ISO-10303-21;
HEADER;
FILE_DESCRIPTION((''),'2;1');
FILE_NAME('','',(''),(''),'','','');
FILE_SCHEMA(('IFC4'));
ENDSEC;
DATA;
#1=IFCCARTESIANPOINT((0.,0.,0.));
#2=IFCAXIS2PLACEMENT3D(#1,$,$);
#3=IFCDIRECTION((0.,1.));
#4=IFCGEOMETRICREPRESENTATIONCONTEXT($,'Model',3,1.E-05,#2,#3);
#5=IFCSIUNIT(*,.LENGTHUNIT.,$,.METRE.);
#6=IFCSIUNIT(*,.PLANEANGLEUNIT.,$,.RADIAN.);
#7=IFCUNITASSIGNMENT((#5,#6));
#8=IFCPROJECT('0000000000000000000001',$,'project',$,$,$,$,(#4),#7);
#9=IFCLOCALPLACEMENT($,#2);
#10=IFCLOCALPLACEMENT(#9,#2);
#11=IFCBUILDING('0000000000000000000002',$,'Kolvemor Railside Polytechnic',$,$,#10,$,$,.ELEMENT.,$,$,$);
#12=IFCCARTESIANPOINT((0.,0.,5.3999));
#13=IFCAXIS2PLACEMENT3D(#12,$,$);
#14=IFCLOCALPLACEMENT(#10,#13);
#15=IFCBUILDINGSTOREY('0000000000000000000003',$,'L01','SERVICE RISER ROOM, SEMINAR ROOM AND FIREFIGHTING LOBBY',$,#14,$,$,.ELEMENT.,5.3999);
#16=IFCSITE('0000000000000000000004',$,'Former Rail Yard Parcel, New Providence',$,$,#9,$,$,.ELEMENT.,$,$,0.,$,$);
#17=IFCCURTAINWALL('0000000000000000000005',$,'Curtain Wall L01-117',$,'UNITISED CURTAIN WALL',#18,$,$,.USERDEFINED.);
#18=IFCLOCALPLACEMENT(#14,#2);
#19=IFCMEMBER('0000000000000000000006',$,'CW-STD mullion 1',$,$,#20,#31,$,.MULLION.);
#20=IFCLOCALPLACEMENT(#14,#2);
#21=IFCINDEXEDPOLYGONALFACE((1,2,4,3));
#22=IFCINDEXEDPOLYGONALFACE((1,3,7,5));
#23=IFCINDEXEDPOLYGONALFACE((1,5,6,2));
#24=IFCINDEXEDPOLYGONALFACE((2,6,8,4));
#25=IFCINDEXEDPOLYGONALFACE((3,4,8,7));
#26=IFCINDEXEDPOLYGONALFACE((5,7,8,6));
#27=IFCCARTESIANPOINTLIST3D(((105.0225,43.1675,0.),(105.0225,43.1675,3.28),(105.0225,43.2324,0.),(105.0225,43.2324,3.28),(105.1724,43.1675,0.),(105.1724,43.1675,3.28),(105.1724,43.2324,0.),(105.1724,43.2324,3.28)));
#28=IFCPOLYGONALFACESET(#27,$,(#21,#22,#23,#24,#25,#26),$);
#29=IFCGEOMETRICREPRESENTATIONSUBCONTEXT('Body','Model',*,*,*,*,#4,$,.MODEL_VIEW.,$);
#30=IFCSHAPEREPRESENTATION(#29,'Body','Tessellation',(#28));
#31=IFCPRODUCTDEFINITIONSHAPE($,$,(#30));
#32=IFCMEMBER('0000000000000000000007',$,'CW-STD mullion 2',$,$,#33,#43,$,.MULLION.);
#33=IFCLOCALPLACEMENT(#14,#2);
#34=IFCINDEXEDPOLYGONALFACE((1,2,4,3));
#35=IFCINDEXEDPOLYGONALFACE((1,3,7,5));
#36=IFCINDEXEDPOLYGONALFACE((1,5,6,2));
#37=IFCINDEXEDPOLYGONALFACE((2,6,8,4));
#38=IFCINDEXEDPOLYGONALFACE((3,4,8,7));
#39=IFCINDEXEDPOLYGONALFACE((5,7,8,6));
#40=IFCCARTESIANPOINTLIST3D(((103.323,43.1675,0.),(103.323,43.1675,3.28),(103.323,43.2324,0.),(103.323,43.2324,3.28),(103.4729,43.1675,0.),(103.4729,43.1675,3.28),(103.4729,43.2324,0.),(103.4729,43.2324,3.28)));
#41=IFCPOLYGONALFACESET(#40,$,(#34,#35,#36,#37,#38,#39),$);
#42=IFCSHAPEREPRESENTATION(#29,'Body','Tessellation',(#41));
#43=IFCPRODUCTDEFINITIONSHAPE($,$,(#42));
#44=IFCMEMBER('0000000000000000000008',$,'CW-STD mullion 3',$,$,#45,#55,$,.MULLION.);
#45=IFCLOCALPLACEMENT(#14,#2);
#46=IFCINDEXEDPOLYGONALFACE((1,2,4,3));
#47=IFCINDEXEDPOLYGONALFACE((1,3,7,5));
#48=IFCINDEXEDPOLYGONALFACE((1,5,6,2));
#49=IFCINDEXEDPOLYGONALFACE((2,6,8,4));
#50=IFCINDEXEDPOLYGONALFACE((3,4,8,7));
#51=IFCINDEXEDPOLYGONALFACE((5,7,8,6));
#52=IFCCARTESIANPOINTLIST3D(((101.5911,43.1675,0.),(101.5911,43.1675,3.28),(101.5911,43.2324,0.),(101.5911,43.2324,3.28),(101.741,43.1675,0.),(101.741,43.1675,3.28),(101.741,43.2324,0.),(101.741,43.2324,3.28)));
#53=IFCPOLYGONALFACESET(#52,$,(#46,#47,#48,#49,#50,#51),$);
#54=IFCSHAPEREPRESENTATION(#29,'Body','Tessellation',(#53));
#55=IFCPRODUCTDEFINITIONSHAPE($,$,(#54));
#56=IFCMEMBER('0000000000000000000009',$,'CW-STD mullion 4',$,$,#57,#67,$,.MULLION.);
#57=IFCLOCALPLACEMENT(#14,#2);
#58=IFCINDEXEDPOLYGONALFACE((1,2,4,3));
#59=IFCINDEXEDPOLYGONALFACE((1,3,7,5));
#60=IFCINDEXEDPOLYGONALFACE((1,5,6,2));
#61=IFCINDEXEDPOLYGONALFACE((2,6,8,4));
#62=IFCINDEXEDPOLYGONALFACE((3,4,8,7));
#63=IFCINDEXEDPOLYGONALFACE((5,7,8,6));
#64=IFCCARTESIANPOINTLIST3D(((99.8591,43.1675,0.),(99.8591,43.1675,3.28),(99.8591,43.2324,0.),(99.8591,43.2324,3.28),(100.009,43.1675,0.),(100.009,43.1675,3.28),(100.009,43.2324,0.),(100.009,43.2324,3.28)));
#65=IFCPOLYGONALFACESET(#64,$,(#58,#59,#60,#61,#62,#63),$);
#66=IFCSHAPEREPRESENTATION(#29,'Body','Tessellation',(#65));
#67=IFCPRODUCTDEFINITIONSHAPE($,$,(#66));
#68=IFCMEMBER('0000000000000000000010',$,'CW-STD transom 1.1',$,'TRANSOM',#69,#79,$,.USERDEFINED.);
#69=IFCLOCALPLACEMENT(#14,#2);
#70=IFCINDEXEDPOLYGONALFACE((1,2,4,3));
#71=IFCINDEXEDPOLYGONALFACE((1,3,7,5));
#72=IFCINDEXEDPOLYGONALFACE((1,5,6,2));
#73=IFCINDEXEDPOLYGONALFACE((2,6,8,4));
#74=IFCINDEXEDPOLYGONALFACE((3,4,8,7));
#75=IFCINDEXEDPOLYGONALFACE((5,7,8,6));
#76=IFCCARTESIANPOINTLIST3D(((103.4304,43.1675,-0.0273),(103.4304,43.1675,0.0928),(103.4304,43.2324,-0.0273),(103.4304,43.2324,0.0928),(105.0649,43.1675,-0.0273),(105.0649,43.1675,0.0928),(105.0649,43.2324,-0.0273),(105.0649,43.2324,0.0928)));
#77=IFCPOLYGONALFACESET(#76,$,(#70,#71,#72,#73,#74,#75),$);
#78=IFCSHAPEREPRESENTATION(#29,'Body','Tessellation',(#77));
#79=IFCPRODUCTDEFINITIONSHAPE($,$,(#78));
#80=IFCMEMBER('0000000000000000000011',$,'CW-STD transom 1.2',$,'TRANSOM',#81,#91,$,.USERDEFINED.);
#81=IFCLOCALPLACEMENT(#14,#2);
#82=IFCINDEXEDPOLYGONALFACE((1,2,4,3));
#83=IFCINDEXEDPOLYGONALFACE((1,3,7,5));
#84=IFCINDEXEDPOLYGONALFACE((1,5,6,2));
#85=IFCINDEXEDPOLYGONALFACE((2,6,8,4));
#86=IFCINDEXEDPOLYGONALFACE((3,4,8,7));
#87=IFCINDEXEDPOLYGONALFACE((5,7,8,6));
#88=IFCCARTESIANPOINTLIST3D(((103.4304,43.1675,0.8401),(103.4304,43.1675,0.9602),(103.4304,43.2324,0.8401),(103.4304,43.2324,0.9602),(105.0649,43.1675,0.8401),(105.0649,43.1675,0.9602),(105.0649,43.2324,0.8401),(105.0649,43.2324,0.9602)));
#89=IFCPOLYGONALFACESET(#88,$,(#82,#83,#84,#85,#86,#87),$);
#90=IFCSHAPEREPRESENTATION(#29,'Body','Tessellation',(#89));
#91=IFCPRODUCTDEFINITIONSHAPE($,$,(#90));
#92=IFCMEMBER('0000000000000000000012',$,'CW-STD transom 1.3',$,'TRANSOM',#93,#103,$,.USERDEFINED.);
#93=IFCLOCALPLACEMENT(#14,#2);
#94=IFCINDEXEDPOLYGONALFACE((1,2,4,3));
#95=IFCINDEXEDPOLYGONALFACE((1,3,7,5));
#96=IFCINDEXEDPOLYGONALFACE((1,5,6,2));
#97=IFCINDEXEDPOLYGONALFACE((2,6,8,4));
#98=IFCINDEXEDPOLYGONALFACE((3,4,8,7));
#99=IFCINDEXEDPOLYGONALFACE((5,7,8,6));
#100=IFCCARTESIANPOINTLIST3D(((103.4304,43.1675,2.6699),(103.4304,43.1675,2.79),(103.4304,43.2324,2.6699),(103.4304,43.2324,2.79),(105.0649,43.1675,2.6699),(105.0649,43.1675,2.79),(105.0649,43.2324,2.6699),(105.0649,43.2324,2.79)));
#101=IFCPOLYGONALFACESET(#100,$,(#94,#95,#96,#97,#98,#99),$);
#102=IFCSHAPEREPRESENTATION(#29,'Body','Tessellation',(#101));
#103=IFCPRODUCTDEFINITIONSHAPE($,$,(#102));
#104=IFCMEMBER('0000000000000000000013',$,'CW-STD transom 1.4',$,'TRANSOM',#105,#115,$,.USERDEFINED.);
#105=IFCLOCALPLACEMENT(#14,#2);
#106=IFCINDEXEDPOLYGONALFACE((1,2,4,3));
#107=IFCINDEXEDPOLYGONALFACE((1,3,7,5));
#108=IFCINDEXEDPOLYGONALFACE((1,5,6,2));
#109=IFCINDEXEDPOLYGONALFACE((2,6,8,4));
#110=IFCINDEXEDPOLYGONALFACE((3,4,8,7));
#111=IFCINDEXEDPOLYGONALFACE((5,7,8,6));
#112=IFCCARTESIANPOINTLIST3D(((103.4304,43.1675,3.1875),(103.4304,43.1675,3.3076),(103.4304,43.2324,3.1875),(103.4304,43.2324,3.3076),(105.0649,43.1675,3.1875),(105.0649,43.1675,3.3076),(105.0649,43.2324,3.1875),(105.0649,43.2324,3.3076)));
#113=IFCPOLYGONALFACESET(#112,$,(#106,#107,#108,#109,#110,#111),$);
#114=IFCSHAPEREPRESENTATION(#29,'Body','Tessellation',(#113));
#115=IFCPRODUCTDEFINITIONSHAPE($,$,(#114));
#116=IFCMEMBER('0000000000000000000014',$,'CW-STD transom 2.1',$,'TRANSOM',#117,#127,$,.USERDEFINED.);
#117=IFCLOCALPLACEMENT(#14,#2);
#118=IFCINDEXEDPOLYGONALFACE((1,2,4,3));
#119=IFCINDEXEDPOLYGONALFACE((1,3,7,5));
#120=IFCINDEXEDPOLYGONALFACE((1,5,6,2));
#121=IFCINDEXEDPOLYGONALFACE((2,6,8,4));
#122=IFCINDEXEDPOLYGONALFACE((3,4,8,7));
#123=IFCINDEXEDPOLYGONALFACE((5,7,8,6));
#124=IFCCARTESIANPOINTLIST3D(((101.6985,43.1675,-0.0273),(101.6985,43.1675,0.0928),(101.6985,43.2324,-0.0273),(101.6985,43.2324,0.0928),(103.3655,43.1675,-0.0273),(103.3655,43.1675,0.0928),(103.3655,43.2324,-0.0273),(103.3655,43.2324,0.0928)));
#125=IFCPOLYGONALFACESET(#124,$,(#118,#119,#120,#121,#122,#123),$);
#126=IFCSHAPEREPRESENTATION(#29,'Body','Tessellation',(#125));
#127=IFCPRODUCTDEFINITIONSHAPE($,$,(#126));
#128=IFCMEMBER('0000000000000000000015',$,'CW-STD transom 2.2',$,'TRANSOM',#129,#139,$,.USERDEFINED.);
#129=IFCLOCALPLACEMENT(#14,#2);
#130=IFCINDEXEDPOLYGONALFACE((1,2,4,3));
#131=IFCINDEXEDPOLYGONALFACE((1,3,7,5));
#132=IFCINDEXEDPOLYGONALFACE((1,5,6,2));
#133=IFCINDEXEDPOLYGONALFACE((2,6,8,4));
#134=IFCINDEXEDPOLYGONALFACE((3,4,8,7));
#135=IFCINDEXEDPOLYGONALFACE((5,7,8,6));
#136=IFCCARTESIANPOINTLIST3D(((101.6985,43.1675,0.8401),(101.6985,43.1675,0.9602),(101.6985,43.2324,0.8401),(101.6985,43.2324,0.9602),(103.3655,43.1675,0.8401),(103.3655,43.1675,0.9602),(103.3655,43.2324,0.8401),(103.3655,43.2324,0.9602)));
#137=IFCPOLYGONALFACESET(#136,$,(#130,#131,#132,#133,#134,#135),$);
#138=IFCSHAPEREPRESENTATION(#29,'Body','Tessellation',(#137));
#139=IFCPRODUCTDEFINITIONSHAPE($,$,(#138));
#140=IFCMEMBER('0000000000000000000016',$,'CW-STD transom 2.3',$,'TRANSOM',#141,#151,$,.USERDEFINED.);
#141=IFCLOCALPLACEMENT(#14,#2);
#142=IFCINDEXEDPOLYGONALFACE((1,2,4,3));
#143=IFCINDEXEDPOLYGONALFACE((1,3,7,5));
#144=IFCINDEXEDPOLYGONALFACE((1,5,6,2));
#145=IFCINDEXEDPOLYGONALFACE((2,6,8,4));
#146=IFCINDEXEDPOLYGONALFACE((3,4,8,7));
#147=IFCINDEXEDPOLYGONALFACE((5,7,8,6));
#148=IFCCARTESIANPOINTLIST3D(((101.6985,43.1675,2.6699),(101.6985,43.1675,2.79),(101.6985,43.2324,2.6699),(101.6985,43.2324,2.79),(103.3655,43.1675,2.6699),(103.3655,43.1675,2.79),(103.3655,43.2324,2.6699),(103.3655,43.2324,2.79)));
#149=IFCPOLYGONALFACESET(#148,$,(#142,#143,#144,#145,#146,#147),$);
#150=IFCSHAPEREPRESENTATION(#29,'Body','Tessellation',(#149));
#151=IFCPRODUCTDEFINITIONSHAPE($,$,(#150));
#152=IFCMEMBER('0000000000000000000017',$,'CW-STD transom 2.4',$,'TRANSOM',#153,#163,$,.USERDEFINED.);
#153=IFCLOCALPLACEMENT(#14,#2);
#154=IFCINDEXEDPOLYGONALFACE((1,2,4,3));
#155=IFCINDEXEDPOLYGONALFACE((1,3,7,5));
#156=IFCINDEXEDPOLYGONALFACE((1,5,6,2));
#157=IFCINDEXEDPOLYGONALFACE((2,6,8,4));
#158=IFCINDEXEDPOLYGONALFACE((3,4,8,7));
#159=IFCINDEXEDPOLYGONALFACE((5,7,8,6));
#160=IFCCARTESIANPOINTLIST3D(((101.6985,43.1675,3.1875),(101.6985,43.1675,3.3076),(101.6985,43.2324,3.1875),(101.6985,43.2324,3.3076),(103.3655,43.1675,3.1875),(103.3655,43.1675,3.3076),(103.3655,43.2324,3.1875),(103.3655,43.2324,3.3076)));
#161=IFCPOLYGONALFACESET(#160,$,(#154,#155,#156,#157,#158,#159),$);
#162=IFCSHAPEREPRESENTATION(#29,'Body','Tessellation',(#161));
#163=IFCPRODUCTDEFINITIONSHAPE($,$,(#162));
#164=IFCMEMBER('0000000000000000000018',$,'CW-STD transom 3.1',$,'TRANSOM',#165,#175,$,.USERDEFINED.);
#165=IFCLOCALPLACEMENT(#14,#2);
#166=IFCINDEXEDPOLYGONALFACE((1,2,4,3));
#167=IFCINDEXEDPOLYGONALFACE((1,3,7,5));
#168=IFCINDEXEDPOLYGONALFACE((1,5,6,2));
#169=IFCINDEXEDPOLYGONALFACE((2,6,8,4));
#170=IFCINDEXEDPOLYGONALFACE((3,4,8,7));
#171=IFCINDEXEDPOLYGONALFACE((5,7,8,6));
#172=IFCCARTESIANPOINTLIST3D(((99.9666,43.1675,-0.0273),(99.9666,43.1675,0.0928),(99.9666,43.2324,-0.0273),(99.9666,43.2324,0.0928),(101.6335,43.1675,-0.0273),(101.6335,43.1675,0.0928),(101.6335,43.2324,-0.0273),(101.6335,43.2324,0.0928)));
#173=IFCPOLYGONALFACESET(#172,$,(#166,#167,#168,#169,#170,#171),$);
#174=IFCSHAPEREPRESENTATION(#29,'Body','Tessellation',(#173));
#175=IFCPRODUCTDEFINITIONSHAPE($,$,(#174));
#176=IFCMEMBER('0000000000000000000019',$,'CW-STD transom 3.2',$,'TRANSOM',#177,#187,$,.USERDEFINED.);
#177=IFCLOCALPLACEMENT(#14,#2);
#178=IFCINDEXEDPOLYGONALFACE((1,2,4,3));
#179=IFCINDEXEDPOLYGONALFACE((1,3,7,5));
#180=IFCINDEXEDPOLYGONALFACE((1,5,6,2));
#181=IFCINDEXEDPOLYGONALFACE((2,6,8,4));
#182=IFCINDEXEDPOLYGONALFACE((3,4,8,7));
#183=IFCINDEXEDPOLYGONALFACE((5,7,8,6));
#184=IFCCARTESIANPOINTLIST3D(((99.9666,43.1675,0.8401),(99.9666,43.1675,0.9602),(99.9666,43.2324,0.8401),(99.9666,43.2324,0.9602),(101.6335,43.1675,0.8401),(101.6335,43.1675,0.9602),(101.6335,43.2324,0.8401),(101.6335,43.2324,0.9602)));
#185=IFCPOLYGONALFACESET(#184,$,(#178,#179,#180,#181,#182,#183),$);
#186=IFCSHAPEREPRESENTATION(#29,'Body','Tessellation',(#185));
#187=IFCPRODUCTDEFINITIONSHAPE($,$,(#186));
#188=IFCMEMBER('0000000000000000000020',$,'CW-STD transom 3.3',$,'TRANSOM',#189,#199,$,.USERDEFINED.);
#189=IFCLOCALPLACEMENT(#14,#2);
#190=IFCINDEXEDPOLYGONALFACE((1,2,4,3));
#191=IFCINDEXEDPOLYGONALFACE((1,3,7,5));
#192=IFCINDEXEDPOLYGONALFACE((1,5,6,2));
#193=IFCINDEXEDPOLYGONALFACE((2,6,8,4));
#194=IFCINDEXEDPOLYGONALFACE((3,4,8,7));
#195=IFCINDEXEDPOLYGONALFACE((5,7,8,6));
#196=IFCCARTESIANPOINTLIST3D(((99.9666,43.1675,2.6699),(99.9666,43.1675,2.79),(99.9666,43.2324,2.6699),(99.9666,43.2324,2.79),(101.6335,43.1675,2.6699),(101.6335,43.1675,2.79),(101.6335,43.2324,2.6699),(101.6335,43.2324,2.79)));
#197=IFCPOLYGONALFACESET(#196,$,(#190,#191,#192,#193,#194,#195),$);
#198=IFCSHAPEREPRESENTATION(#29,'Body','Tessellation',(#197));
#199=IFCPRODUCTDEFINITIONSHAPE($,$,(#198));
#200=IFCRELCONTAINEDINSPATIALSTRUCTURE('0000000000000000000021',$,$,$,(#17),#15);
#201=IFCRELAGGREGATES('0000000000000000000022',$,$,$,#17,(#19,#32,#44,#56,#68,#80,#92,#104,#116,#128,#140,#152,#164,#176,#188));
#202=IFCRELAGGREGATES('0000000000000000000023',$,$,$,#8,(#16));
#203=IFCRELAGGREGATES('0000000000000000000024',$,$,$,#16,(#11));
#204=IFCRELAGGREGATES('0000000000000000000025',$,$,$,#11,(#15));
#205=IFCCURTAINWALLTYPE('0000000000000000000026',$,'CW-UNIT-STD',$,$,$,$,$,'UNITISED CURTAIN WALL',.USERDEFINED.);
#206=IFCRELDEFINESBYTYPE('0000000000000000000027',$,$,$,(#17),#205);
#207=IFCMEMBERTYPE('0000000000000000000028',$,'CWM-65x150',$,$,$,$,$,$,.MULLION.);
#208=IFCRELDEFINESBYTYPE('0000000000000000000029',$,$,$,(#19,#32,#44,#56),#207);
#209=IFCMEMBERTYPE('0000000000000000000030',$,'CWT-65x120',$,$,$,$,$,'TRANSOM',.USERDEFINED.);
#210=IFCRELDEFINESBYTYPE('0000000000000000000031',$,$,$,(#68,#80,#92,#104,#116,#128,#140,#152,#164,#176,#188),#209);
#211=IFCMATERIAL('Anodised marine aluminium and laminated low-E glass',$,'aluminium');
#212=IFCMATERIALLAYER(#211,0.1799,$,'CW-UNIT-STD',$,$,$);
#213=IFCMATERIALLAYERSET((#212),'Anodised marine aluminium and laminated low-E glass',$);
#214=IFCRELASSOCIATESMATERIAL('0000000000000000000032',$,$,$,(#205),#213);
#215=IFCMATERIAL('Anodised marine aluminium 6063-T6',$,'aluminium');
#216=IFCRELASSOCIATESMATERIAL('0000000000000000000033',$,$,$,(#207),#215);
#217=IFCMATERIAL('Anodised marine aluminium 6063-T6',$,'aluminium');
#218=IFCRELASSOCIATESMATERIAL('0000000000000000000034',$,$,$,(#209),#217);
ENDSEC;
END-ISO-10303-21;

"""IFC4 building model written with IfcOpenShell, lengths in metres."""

from ifc_helpers import new_model, si_unit, direction, frame, origin, origin_2d, place, context, subcontext, project, spatial, rectangle, extrude, material, layer, layer_set, material_profile, profile_set, type_object, element, aggregate, save


model = new_model("IFC4")

# Units and contexts
model_context = context("Model", 3, precision=1e-05, world=origin(), true_north=direction((0.0, 1.0)))
body_context = subcontext(model_context, "Body", "Model", "MODEL_VIEW")
ifc_project = project(units=[si_unit("LENGTHUNIT", "METRE"), si_unit("PLANEANGLEUNIT", "RADIAN")], contexts=[model_context])

# Site, building, storey
site_placement = place(None, origin())
site = spatial("IfcSite", under=ifc_project, at=site_placement, Name="Former Rail Yard Parcel, New Providence", CompositionType="ELEMENT", RefElevation=0.0)
building_placement = place(site_placement, origin())
building = spatial("IfcBuilding", under=site, at=building_placement, Name="Kolvemor Railside Polytechnic", CompositionType="ELEMENT")
storey_placement = place(building_placement, frame((0.0, 0.0, 5.3999)))
storey = spatial("IfcBuildingStorey", under=building, at=storey_placement, Name="L01", Description="SERVICE RISER ROOM, SEMINAR ROOM AND FIREFIGHTING LOBBY", CompositionType="ELEMENT", Elevation=5.3999)

# Curtain wall, members
ifc_material_1 = material(Name="Anodised marine aluminium and laminated low-E glass", Category="aluminium")
ifc_layer_1 = layer(ifc_material_1, 0.1799, Name="CW-UNIT-STD")
ifc_layer_set_1 = layer_set([ifc_layer_1], Name="Anodised marine aluminium and laminated low-E glass")
curtain_wall_type = type_object("IfcCurtainWallType", Name="CW-UNIT-STD", ElementType="UNITISED CURTAIN WALL", PredefinedType="USERDEFINED", material=ifc_layer_set_1)
curtain_wall_placement = place(storey_placement, origin())
curtain_wall = element("IfcCurtainWall", 1, at=curtain_wall_placement, inside=storey, type_object=curtain_wall_type, Name="Curtain Wall L01-117", ObjectType="UNITISED CURTAIN WALL", PredefinedType="USERDEFINED")
ifc_material_2 = material(Name="Anodised marine aluminium 6063-T6", Category="aluminium")
ifc_material_profile_1 = material_profile(ifc_material_2, rectangle(XDim=0.0649, YDim=0.1499, at=origin_2d()), Name="CW-MUL-65x150")
ifc_profile_set_1 = profile_set([ifc_material_profile_1], Name="Anodised marine aluminium 6063-T6")
member_type_1 = type_object("IfcMemberType", Name="CWM-65x150", PredefinedType="MULLION", material=ifc_profile_set_1)
member_1_placement = place(storey_placement, frame((105.0974, 43.2, 0.0), z_axis=(0.0, 0.0, 1.0), x_axis=(0.0, -1.0, 0.0)))
member_1 = element("IfcMember", 2, at=member_1_placement, type_object=member_type_1, Name="CW-STD mullion 1", PredefinedType="MULLION", context=body_context, shape_type="SweptSolid", body=[
    extrude(rectangle(XDim=0.0649, YDim=0.1499, at=origin_2d()), origin(), (0.0, 0.0, 1.0), 3.28),
])
member_2_placement = place(storey_placement, frame((103.3979, 43.2, 0.0), z_axis=(0.0, 0.0, 1.0), x_axis=(0.0, -1.0, 0.0)))
member_2 = element("IfcMember", 3, at=member_2_placement, type_object=member_type_1, Name="CW-STD mullion 2", PredefinedType="MULLION", context=body_context, shape_type="SweptSolid", body=[
    extrude(rectangle(XDim=0.0649, YDim=0.1499, at=origin_2d()), origin(), (0.0, 0.0, 1.0), 3.28),
])
member_3_placement = place(storey_placement, frame((101.666, 43.2, 0.0), z_axis=(0.0, 0.0, 1.0), x_axis=(0.0, -1.0, 0.0)))
member_3 = element("IfcMember", 4, at=member_3_placement, type_object=member_type_1, Name="CW-STD mullion 3", PredefinedType="MULLION", context=body_context, shape_type="SweptSolid", body=[
    extrude(rectangle(XDim=0.0649, YDim=0.1499, at=origin_2d()), origin(), (0.0, 0.0, 1.0), 3.28),
])
member_4_placement = place(storey_placement, frame((99.9341, 43.2, 0.0), z_axis=(0.0, 0.0, 1.0), x_axis=(0.0, -1.0, 0.0)))
member_4 = element("IfcMember", 5, at=member_4_placement, type_object=member_type_1, Name="CW-STD mullion 4", PredefinedType="MULLION", context=body_context, shape_type="SweptSolid", body=[
    extrude(rectangle(XDim=0.0649, YDim=0.1499, at=origin_2d()), origin(), (0.0, 0.0, 1.0), 3.28),
])
ifc_material_3 = material(Name="Anodised marine aluminium 6063-T6", Category="aluminium")
ifc_material_profile_2 = material_profile(ifc_material_3, rectangle(XDim=0.0649, YDim=0.1201, at=origin_2d()), Name="CW-TRN-65x120")
ifc_profile_set_2 = profile_set([ifc_material_profile_2], Name="Anodised marine aluminium 6063-T6")
member_type_2 = type_object("IfcMemberType", Name="CWT-65x120", ElementType="TRANSOM", PredefinedType="USERDEFINED", material=ifc_profile_set_2)
member_5_placement = place(storey_placement, frame((105.0649, 43.2, 0.0327), z_axis=(-1.0, 0.0, 0.0), x_axis=(0.0, -1.0, 0.0)))
member_5 = element("IfcMember", 6, at=member_5_placement, type_object=member_type_2, Name="CW-STD transom 1.1", ObjectType="TRANSOM", PredefinedType="USERDEFINED", context=body_context, shape_type="SweptSolid", body=[
    extrude(rectangle(XDim=0.0649, YDim=0.1201, at=origin_2d()), origin(), (0.0, 0.0, 1.0), 1.6345),
])
member_6_placement = place(storey_placement, frame((105.0649, 43.2, 0.9001), z_axis=(-1.0, 0.0, 0.0), x_axis=(0.0, -1.0, 0.0)))
member_6 = element("IfcMember", 7, at=member_6_placement, type_object=member_type_2, Name="CW-STD transom 1.2", ObjectType="TRANSOM", PredefinedType="USERDEFINED", context=body_context, shape_type="SweptSolid", body=[
    extrude(rectangle(XDim=0.0649, YDim=0.1201, at=origin_2d()), origin(), (0.0, 0.0, 1.0), 1.6345),
])
member_7_placement = place(storey_placement, frame((105.0649, 43.2, 2.73), z_axis=(-1.0, 0.0, 0.0), x_axis=(0.0, -1.0, 0.0)))
member_7 = element("IfcMember", 8, at=member_7_placement, type_object=member_type_2, Name="CW-STD transom 1.3", ObjectType="TRANSOM", PredefinedType="USERDEFINED", context=body_context, shape_type="SweptSolid", body=[
    extrude(rectangle(XDim=0.0649, YDim=0.1201, at=origin_2d()), origin(), (0.0, 0.0, 1.0), 1.6345),
])
member_8_placement = place(storey_placement, frame((105.0649, 43.2, 3.2476), z_axis=(-1.0, 0.0, 0.0), x_axis=(0.0, -1.0, 0.0)))
member_8 = element("IfcMember", 9, at=member_8_placement, type_object=member_type_2, Name="CW-STD transom 1.4", ObjectType="TRANSOM", PredefinedType="USERDEFINED", context=body_context, shape_type="SweptSolid", body=[
    extrude(rectangle(XDim=0.0649, YDim=0.1201, at=origin_2d()), origin(), (0.0, 0.0, 1.0), 1.6345),
])
member_9_placement = place(storey_placement, frame((103.3655, 43.2, 0.0327), z_axis=(-1.0, 0.0, 0.0), x_axis=(0.0, -1.0, 0.0)))
member_9 = element("IfcMember", 10, at=member_9_placement, type_object=member_type_2, Name="CW-STD transom 2.1", ObjectType="TRANSOM", PredefinedType="USERDEFINED", context=body_context, shape_type="SweptSolid", body=[
    extrude(rectangle(XDim=0.0649, YDim=0.1201, at=origin_2d()), origin(), (0.0, 0.0, 1.0), 1.667),
])
member_10_placement = place(storey_placement, frame((103.3655, 43.2, 0.9001), z_axis=(-1.0, 0.0, 0.0), x_axis=(0.0, -1.0, 0.0)))
member_10 = element("IfcMember", 11, at=member_10_placement, type_object=member_type_2, Name="CW-STD transom 2.2", ObjectType="TRANSOM", PredefinedType="USERDEFINED", context=body_context, shape_type="SweptSolid", body=[
    extrude(rectangle(XDim=0.0649, YDim=0.1201, at=origin_2d()), origin(), (0.0, 0.0, 1.0), 1.667),
])
member_11_placement = place(storey_placement, frame((103.3655, 43.2, 2.73), z_axis=(-1.0, 0.0, 0.0), x_axis=(0.0, -1.0, 0.0)))
member_11 = element("IfcMember", 12, at=member_11_placement, type_object=member_type_2, Name="CW-STD transom 2.3", ObjectType="TRANSOM", PredefinedType="USERDEFINED", context=body_context, shape_type="SweptSolid", body=[
    extrude(rectangle(XDim=0.0649, YDim=0.1201, at=origin_2d()), origin(), (0.0, 0.0, 1.0), 1.667),
])
member_12_placement = place(storey_placement, frame((103.3655, 43.2, 3.2476), z_axis=(-1.0, 0.0, 0.0), x_axis=(0.0, -1.0, 0.0)))
member_12 = element("IfcMember", 13, at=member_12_placement, type_object=member_type_2, Name="CW-STD transom 2.4", ObjectType="TRANSOM", PredefinedType="USERDEFINED", context=body_context, shape_type="SweptSolid", body=[
    extrude(rectangle(XDim=0.0649, YDim=0.1201, at=origin_2d()), origin(), (0.0, 0.0, 1.0), 1.667),
])
member_13_placement = place(storey_placement, frame((101.6335, 43.2, 0.0327), z_axis=(-1.0, 0.0, 0.0), x_axis=(0.0, -1.0, 0.0)))
member_13 = element("IfcMember", 14, at=member_13_placement, type_object=member_type_2, Name="CW-STD transom 3.1", ObjectType="TRANSOM", PredefinedType="USERDEFINED", context=body_context, shape_type="SweptSolid", body=[
    extrude(rectangle(XDim=0.0649, YDim=0.1201, at=origin_2d()), origin(), (0.0, 0.0, 1.0), 1.667),
])
member_14_placement = place(storey_placement, frame((101.6335, 43.2, 0.9001), z_axis=(-1.0, 0.0, 0.0), x_axis=(0.0, -1.0, 0.0)))
member_14 = element("IfcMember", 15, at=member_14_placement, type_object=member_type_2, Name="CW-STD transom 3.2", ObjectType="TRANSOM", PredefinedType="USERDEFINED", context=body_context, shape_type="SweptSolid", body=[
    extrude(rectangle(XDim=0.0649, YDim=0.1201, at=origin_2d()), origin(), (0.0, 0.0, 1.0), 1.667),
])
member_15_placement = place(storey_placement, frame((101.6335, 43.2, 2.73), z_axis=(-1.0, 0.0, 0.0), x_axis=(0.0, -1.0, 0.0)))
member_15 = element("IfcMember", 16, at=member_15_placement, type_object=member_type_2, Name="CW-STD transom 3.3", ObjectType="TRANSOM", PredefinedType="USERDEFINED", context=body_context, shape_type="SweptSolid", body=[
    extrude(rectangle(XDim=0.0649, YDim=0.1201, at=origin_2d()), origin(), (0.0, 0.0, 1.0), 1.667),
])
aggregate(curtain_wall, [member_1, member_2, member_3, member_4, member_5, member_6, member_7, member_8, member_9, member_10, member_11, member_12, member_13, member_14, member_15])

save(model, "model.ifc")
